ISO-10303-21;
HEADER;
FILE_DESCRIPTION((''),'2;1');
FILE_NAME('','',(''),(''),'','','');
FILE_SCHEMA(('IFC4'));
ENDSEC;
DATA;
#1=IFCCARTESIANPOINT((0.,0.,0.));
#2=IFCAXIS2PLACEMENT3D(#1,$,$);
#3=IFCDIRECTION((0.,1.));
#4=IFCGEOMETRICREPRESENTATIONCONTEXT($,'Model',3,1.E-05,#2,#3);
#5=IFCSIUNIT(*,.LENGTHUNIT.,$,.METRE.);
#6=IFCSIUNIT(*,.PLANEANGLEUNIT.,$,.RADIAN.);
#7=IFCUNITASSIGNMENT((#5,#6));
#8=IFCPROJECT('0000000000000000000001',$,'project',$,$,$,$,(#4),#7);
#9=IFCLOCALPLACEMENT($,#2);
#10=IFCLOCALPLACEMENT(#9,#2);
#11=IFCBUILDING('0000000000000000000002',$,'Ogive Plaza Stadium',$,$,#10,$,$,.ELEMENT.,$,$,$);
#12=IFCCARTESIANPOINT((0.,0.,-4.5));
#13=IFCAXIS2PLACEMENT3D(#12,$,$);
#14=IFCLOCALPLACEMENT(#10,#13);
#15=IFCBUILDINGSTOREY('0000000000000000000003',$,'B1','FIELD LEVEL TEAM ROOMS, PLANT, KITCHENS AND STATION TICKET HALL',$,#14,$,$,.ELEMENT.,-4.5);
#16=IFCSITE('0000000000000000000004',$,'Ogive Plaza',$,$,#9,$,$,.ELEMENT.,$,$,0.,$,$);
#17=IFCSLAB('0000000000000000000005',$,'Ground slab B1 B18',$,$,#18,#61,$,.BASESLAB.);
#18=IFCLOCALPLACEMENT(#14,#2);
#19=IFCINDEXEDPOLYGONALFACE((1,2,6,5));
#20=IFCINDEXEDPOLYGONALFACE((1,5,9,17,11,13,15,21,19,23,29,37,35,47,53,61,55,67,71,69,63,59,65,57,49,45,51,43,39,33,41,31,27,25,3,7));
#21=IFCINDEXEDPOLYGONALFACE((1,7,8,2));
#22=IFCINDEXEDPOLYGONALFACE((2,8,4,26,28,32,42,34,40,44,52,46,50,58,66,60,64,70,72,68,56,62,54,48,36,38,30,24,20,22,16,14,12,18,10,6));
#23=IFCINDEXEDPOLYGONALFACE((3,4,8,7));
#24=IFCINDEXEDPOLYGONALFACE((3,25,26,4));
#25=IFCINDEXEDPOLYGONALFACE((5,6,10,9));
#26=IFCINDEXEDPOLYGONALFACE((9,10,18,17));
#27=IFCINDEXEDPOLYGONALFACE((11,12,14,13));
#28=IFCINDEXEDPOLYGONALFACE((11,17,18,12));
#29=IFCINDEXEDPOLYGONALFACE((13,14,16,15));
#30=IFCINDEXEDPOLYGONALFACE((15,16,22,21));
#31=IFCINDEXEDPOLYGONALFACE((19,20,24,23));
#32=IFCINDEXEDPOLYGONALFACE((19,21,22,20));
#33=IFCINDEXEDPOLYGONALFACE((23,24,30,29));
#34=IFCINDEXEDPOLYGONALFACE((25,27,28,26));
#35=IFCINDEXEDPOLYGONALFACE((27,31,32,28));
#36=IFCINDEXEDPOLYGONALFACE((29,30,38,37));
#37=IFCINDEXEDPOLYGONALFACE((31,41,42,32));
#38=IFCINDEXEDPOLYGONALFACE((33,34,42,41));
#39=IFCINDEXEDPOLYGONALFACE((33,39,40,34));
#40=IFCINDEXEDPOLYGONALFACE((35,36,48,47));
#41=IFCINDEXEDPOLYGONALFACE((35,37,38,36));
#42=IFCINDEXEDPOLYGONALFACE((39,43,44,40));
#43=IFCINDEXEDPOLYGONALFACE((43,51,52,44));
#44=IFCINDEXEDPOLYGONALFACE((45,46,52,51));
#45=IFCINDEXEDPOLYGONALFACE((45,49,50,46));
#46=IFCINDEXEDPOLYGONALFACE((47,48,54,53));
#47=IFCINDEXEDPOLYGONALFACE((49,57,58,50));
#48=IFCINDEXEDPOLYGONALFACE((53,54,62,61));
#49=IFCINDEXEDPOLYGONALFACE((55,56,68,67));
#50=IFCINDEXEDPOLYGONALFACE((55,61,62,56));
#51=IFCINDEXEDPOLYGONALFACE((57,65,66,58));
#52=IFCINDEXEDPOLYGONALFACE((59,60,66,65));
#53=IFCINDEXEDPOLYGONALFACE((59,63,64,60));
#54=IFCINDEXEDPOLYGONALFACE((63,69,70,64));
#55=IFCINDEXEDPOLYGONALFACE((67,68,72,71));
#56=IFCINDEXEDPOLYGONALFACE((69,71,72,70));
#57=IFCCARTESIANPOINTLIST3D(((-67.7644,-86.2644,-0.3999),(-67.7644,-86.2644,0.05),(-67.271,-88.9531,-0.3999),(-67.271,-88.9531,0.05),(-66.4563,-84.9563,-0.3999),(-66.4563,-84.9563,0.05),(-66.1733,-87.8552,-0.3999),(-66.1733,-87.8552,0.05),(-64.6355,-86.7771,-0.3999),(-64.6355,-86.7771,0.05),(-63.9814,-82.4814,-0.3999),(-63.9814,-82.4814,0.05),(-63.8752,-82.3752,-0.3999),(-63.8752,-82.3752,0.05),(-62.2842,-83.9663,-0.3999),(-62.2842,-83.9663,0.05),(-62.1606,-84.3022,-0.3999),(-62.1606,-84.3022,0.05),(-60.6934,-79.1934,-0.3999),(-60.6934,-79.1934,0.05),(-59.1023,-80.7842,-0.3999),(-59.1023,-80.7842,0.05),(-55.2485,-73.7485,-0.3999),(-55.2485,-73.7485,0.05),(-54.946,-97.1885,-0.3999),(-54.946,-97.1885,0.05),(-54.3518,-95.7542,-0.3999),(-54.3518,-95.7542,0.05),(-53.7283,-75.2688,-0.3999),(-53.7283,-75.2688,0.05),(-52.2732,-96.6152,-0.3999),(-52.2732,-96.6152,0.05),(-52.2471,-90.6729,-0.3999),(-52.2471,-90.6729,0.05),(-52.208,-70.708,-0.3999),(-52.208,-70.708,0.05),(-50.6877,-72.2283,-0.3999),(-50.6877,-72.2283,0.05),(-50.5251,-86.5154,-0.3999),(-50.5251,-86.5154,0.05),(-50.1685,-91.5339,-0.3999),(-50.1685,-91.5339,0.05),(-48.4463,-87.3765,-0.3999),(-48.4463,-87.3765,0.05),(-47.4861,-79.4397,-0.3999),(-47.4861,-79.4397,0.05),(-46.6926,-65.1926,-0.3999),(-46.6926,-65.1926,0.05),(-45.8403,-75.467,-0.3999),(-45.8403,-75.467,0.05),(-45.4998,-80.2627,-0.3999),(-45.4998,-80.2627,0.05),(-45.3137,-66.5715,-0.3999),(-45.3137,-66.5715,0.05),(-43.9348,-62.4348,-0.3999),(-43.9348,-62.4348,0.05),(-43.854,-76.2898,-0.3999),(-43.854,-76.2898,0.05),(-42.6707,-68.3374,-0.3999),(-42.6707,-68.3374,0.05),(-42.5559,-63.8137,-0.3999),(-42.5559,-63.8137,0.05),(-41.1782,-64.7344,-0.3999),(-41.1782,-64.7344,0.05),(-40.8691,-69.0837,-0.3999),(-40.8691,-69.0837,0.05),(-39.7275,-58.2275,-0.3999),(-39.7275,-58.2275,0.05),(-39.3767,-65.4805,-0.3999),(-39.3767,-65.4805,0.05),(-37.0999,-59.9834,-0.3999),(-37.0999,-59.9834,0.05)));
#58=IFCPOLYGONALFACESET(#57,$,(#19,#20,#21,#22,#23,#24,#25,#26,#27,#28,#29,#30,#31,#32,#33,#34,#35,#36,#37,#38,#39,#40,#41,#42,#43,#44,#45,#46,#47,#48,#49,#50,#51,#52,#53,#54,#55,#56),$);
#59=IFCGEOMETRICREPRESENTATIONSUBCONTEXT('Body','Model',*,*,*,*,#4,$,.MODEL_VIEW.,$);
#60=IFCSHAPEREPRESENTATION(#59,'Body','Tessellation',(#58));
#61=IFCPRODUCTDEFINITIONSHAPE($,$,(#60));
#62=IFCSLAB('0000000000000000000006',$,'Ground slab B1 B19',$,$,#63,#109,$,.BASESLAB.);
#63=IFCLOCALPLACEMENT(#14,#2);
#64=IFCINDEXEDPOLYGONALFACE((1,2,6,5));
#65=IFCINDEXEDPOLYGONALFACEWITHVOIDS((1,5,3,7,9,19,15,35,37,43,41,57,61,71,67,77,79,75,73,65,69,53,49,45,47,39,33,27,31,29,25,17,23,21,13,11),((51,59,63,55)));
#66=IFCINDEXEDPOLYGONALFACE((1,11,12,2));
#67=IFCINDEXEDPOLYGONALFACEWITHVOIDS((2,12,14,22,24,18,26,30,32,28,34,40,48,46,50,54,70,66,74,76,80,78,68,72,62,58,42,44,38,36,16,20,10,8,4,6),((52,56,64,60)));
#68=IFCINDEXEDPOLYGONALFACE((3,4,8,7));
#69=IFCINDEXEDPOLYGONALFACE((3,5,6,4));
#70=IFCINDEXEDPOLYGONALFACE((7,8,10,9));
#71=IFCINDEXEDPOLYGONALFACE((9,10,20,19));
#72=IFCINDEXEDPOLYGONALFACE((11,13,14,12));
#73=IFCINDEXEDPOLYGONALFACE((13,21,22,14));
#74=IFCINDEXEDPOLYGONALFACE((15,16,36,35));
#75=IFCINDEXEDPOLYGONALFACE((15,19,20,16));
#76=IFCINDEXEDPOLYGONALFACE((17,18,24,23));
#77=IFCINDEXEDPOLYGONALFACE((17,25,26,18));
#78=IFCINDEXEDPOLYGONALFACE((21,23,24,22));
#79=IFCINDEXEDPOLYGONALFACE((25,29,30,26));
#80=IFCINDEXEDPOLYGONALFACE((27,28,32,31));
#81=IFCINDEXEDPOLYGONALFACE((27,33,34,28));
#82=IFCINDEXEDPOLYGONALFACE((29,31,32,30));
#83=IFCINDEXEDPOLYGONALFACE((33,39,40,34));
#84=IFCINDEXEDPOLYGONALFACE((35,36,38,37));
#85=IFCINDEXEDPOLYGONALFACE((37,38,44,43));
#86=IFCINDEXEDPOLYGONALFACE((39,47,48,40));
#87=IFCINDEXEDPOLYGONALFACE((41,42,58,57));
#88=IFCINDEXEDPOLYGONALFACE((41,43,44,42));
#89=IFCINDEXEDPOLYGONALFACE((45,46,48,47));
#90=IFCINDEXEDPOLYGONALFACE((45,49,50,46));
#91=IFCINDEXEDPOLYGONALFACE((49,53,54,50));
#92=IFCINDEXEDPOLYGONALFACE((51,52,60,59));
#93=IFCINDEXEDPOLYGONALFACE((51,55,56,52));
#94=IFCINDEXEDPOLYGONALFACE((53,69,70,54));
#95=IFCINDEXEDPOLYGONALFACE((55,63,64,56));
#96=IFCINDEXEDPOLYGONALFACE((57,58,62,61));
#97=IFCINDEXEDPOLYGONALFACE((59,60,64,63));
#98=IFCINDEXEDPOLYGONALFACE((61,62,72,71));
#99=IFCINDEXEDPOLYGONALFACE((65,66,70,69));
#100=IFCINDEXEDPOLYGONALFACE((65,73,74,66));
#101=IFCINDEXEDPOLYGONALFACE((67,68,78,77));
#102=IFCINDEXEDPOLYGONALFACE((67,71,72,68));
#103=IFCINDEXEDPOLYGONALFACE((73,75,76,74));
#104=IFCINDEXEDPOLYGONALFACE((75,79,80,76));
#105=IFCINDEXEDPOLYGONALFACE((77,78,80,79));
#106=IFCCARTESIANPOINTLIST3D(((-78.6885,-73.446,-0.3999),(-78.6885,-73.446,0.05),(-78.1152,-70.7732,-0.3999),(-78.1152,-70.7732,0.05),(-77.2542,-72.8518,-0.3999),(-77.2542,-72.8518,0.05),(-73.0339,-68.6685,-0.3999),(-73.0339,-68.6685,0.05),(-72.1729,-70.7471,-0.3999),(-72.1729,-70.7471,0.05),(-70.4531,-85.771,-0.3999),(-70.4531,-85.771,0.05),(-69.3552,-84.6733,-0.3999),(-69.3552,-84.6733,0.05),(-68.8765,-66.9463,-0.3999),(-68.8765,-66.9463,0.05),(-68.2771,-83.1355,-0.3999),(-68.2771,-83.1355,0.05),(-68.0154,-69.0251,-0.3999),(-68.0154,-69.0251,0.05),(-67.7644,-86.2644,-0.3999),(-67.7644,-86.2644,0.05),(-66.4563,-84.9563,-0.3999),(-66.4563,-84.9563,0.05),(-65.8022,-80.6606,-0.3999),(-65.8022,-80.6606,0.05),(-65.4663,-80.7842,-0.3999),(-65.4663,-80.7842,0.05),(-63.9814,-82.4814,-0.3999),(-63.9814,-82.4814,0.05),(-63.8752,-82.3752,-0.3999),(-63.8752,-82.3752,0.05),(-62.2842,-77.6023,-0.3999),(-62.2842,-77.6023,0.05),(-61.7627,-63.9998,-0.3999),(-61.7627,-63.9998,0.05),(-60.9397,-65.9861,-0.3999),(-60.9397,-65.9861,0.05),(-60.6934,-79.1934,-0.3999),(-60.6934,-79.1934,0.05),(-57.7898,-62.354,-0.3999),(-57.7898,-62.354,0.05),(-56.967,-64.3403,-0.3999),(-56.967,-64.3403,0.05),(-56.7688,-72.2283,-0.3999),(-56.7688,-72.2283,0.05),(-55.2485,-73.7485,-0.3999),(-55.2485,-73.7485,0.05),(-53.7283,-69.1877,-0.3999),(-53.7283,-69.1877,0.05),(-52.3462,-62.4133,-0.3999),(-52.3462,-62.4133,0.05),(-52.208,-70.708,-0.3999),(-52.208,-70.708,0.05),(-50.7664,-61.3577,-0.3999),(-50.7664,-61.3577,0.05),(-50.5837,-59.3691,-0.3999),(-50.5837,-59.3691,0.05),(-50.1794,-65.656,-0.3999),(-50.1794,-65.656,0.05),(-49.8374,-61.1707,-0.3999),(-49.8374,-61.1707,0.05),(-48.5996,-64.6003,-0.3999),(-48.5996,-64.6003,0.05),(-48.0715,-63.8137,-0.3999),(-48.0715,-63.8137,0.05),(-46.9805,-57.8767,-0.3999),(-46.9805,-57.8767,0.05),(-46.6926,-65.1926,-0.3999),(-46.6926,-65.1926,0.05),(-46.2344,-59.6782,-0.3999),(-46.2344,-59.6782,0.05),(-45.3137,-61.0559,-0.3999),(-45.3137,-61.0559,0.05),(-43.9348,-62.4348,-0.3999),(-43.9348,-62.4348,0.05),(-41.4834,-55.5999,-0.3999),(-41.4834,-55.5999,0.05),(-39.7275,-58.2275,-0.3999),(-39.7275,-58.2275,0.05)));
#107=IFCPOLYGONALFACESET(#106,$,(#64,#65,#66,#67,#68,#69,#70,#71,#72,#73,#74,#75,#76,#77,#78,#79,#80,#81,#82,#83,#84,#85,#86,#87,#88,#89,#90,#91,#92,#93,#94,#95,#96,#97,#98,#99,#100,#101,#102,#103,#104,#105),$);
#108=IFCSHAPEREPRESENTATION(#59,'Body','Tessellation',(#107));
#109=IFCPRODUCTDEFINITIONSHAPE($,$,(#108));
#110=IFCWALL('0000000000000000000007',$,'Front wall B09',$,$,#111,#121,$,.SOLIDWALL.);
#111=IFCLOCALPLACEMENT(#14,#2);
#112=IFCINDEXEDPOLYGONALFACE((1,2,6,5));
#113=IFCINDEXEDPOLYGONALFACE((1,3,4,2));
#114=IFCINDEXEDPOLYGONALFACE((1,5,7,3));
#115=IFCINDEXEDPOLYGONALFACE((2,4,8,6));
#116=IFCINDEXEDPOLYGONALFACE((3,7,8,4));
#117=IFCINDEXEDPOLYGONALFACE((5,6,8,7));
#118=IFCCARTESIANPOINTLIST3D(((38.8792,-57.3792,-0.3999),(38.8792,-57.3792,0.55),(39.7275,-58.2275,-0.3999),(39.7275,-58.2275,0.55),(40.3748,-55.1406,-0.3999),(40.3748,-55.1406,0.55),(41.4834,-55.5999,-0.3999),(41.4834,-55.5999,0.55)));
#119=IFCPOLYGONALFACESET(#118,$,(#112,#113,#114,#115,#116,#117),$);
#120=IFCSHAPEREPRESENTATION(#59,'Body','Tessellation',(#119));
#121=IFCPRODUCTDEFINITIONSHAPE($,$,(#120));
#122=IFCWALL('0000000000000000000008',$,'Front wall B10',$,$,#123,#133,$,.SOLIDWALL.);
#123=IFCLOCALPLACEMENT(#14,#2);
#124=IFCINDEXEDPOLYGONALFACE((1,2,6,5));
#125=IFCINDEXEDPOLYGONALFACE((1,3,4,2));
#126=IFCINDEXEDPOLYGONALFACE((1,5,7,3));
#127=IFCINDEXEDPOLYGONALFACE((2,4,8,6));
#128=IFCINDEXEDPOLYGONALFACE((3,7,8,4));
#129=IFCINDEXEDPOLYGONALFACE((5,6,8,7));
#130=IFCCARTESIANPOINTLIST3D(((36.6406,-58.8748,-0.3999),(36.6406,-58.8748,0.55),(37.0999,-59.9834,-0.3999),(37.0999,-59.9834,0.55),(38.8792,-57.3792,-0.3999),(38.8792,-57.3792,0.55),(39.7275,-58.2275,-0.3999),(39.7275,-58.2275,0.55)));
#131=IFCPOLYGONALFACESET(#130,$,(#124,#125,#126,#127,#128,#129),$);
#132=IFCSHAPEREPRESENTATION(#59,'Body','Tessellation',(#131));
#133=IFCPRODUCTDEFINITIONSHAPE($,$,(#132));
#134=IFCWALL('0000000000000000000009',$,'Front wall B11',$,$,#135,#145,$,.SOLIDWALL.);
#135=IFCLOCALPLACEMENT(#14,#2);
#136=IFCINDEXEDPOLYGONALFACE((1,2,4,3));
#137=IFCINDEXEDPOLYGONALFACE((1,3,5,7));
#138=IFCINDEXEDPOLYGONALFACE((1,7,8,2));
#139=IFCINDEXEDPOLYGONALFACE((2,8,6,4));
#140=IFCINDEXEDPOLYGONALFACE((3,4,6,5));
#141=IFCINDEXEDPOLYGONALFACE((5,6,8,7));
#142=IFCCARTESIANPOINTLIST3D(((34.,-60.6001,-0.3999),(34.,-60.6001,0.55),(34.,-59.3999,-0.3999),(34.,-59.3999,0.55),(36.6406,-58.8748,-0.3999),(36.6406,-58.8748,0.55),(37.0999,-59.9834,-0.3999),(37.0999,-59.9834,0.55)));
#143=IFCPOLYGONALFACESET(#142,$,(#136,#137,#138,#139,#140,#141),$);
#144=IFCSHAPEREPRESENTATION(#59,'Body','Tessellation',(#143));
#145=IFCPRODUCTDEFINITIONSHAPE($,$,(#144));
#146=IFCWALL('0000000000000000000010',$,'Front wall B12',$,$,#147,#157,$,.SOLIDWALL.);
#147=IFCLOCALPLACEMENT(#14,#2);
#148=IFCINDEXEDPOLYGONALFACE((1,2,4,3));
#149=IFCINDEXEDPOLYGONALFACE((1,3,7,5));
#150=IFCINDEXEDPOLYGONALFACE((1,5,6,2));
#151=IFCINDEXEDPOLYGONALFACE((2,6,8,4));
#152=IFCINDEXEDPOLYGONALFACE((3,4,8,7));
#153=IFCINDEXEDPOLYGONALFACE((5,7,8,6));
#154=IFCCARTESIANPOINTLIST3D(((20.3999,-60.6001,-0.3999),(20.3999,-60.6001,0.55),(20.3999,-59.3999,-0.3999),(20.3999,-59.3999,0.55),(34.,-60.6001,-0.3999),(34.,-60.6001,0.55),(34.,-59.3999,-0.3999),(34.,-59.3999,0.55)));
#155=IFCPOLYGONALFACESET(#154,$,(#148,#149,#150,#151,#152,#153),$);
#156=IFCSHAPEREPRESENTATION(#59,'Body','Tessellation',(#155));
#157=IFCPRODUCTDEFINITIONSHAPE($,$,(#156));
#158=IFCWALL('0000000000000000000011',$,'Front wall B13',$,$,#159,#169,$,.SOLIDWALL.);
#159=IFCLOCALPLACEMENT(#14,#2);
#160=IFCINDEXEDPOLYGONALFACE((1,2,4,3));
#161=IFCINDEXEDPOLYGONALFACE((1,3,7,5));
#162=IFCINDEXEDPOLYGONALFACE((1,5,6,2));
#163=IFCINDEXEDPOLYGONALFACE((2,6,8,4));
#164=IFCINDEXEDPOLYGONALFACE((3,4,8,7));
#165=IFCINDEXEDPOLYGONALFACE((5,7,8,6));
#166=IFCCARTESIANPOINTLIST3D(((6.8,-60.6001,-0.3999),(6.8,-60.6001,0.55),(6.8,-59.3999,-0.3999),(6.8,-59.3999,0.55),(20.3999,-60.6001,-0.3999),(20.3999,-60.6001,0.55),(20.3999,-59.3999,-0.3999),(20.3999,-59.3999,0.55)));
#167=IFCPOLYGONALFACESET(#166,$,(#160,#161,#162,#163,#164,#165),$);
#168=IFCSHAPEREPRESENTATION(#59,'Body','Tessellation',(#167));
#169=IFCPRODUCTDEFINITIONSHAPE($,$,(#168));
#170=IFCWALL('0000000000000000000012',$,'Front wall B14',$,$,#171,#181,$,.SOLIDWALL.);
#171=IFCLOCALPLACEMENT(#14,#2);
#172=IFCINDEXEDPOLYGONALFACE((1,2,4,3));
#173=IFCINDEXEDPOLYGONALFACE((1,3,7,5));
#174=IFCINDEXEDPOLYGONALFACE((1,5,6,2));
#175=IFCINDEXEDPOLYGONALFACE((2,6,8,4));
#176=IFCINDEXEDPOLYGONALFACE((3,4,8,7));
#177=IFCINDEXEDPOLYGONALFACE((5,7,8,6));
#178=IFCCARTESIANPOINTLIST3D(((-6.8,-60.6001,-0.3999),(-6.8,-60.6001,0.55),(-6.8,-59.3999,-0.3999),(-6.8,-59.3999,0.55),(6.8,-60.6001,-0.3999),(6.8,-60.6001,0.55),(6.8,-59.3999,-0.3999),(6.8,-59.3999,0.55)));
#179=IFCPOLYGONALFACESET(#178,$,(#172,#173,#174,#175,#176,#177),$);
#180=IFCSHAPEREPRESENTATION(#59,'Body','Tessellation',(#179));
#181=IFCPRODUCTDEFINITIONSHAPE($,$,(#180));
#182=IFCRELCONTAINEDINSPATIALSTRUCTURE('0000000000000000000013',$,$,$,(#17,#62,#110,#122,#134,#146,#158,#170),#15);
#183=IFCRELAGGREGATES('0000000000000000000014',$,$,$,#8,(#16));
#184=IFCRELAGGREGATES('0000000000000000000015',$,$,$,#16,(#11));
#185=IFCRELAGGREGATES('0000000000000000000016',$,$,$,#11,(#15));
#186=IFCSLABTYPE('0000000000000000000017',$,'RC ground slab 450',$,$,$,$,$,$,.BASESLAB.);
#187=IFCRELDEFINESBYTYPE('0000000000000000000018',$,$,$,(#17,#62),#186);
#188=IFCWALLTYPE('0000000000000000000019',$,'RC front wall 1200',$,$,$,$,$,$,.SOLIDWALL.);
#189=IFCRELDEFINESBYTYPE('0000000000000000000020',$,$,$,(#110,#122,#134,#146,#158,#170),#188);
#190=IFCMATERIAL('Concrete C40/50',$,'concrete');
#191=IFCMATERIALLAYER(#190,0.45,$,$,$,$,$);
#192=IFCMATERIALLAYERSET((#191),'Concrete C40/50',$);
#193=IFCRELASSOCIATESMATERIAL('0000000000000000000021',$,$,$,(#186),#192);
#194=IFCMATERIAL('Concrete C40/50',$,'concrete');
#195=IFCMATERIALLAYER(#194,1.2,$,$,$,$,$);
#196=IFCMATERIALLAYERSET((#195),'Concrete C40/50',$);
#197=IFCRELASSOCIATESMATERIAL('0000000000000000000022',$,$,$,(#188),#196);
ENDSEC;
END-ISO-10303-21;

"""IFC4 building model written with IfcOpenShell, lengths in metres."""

from ifc_helpers import new_model, si_unit, direction, frame, origin, place, context, subcontext, project, spatial, polyline, outline, extrude, material, layer, layer_set, type_object, element, save


model = new_model("IFC4")

# Units and contexts
model_context = context("Model", 3, precision=1e-05, world=origin(), true_north=direction((0.0, 1.0)))
body_context = subcontext(model_context, "Body", "Model", "MODEL_VIEW")
ifc_project = project(units=[si_unit("LENGTHUNIT", "METRE"), si_unit("PLANEANGLEUNIT", "RADIAN")], contexts=[model_context])

# Site, building, storey
site_placement = place(None, origin())
site = spatial("IfcSite", under=ifc_project, at=site_placement, Name="Ogive Plaza", CompositionType="ELEMENT", RefElevation=0.0)
building_placement = place(site_placement, origin())
building = spatial("IfcBuilding", under=site, at=building_placement, Name="Ogive Plaza Stadium", CompositionType="ELEMENT")
storey_placement = place(building_placement, frame((0.0, 0.0, -4.5)))
storey = spatial("IfcBuildingStorey", under=building, at=storey_placement, Name="B1", Description="FIELD LEVEL TEAM ROOMS, PLANT, KITCHENS AND STATION TICKET HALL", CompositionType="ELEMENT", Elevation=-4.5)

# Slabs
ifc_material_1 = material(Name="Concrete C40/50", Category="concrete")
ifc_layer_1 = layer(ifc_material_1, 0.45)
ifc_layer_set_1 = layer_set([ifc_layer_1], Name="Concrete C40/50")
slab_type = type_object("IfcSlabType", Name="RC ground slab 450", PredefinedType="BASESLAB", material=ifc_layer_set_1)
slab_1_placement = place(storey_placement, frame((0.0, 0.0, -0.3999)))
element("IfcSlab", 1, at=slab_1_placement, inside=storey, type_object=slab_type, Name="Ground slab B1 B18", PredefinedType="BASESLAB", context=body_context, shape_type="SweptSolid", body=[
    extrude(outline(polyline([(-43.9348, -62.4348), (-42.5559, -63.8137), (-45.3137, -66.5715), (-46.6926, -65.1926), (-52.208, -70.708), (-50.6877, -72.2283), (-53.7283, -75.2688), (-55.2485, -73.7485), (-60.6934, -79.1934), (-59.1023, -80.7842), (-62.2842, -83.9663), (-63.8752, -82.3752), (-63.9814, -82.4814), (-62.1606, -84.3022), (-64.6355, -86.7771), (-66.4563, -84.9563), (-67.7644, -86.2644), (-66.1733, -87.8552), (-67.271, -88.9531), (-54.946, -97.1885), (-54.3518, -95.7542), (-52.2732, -96.6152), (-50.1685, -91.5339), (-52.2471, -90.6729), (-50.5251, -86.5154), (-48.4463, -87.3765), (-45.4998, -80.2627), (-47.4861, -79.4397), (-45.8403, -75.467), (-43.854, -76.2898), (-40.8691, -69.0837), (-42.6707, -68.3374), (-41.1782, -64.7344), (-39.3767, -65.4805), (-37.0999, -59.9834), (-39.7275, -58.2275), (-43.9348, -62.4348)])), origin(), (0.0, 0.0, 1.0), 0.45),
])
slab_2_placement = place(storey_placement, frame((0.0, 0.0, -0.3999)))
element("IfcSlab", 2, at=slab_2_placement, inside=storey, type_object=slab_type, Name="Ground slab B1 B19", PredefinedType="BASESLAB", context=body_context, shape_type="SweptSolid", body=[
    extrude(outline(polyline([(-46.9805, -57.8767), (-46.2344, -59.6782), (-49.8374, -61.1707), (-50.5837, -59.3691), (-57.7898, -62.354), (-56.967, -64.3403), (-60.9397, -65.9861), (-61.7627, -63.9998), (-68.8765, -66.9463), (-68.0154, -69.0251), (-72.1729, -70.7471), (-73.0339, -68.6685), (-78.1152, -70.7732), (-77.2542, -72.8518), (-78.6885, -73.446), (-70.4531, -85.771), (-69.3552, -84.6733), (-67.7644, -86.2644), (-66.4563, -84.9563), (-68.2771, -83.1355), (-65.8022, -80.6606), (-63.9814, -82.4814), (-63.8752, -82.3752), (-65.4663, -80.7842), (-62.2842, -77.6023), (-60.6934, -79.1934), (-55.2485, -73.7485), (-56.7688, -72.2283), (-53.7283, -69.1877), (-52.208, -70.708), (-46.6926, -65.1926), (-48.0715, -63.8137), (-45.3137, -61.0559), (-43.9348, -62.4348), (-39.7275, -58.2275), (-41.4834, -55.5999), (-46.9805, -57.8767)]), holes=[polyline([(-50.1794, -65.656), (-48.5996, -64.6003), (-50.7664, -61.3577), (-52.3462, -62.4133), (-50.1794, -65.656)])]), origin(), (0.0, 0.0, 1.0), 0.45),
])

# Walls
ifc_material_2 = material(Name="Concrete C40/50", Category="concrete")
ifc_layer_2 = layer(ifc_material_2, 1.2)
ifc_layer_set_2 = layer_set([ifc_layer_2], Name="Concrete C40/50")
wall_type_1 = type_object("IfcWallType", Name="RC front wall 1200", PredefinedType="SOLIDWALL", material=ifc_layer_set_2)
wall_1_placement = place(storey_placement, frame((0.0, 0.0, -0.3999)))
element("IfcWall", 3, at=wall_1_placement, inside=storey, type_object=wall_type_1, Name="Front wall B09", PredefinedType="SOLIDWALL", context=body_context, shape_type="SweptSolid", body=[
    extrude(outline(polyline([(38.8792, -57.3792), (39.7275, -58.2275), (41.4834, -55.5999), (40.3748, -55.1406), (38.8792, -57.3792)])), origin(), (0.0, 0.0, 1.0), 0.95),
])
wall_2_placement = place(storey_placement, frame((0.0, 0.0, -0.3999)))
element("IfcWall", 4, at=wall_2_placement, inside=storey, type_object=wall_type_1, Name="Front wall B10", PredefinedType="SOLIDWALL", context=body_context, shape_type="SweptSolid", body=[
    extrude(outline(polyline([(36.6406, -58.8748), (37.0999, -59.9834), (39.7275, -58.2275), (38.8792, -57.3792), (36.6406, -58.8748)])), origin(), (0.0, 0.0, 1.0), 0.95),
])
wall_3_placement = place(storey_placement, frame((0.0, 0.0, -0.3999)))
element("IfcWall", 5, at=wall_3_placement, inside=storey, type_object=wall_type_1, Name="Front wall B11", PredefinedType="SOLIDWALL", context=body_context, shape_type="SweptSolid", body=[
    extrude(outline(polyline([(34.0, -59.3999), (34.0, -60.6001), (37.0999, -59.9834), (36.6406, -58.8748), (34.0, -59.3999)])), origin(), (0.0, 0.0, 1.0), 0.95),
])
wall_4_placement = place(storey_placement, frame((0.0, 0.0, -0.3999)))
element("IfcWall", 6, at=wall_4_placement, inside=storey, type_object=wall_type_1, Name="Front wall B12", PredefinedType="SOLIDWALL", context=body_context, shape_type="SweptSolid", body=[
    extrude(outline(polyline([(20.3999, -59.3999), (20.3999, -60.6001), (34.0, -60.6001), (34.0, -59.3999), (20.3999, -59.3999)])), origin(), (0.0, 0.0, 1.0), 0.95),
])
wall_5_placement = place(storey_placement, frame((0.0, 0.0, -0.3999)))
element("IfcWall", 7, at=wall_5_placement, inside=storey, type_object=wall_type_1, Name="Front wall B13", PredefinedType="SOLIDWALL", context=body_context, shape_type="SweptSolid", body=[
    extrude(outline(polyline([(6.8, -59.3999), (6.8, -60.6001), (20.3999, -60.6001), (20.3999, -59.3999), (6.8, -59.3999)])), origin(), (0.0, 0.0, 1.0), 0.95),
])
wall_6_placement = place(storey_placement, frame((0.0, 0.0, -0.3999)))
element("IfcWall", 8, at=wall_6_placement, inside=storey, type_object=wall_type_1, Name="Front wall B14", PredefinedType="SOLIDWALL", context=body_context, shape_type="SweptSolid", body=[
    extrude(outline(polyline([(-6.8, -59.3999), (-6.8, -60.6001), (6.8, -60.6001), (6.8, -59.3999), (-6.8, -59.3999)])), origin(), (0.0, 0.0, 1.0), 0.95),
])

save(model, "model.ifc")
